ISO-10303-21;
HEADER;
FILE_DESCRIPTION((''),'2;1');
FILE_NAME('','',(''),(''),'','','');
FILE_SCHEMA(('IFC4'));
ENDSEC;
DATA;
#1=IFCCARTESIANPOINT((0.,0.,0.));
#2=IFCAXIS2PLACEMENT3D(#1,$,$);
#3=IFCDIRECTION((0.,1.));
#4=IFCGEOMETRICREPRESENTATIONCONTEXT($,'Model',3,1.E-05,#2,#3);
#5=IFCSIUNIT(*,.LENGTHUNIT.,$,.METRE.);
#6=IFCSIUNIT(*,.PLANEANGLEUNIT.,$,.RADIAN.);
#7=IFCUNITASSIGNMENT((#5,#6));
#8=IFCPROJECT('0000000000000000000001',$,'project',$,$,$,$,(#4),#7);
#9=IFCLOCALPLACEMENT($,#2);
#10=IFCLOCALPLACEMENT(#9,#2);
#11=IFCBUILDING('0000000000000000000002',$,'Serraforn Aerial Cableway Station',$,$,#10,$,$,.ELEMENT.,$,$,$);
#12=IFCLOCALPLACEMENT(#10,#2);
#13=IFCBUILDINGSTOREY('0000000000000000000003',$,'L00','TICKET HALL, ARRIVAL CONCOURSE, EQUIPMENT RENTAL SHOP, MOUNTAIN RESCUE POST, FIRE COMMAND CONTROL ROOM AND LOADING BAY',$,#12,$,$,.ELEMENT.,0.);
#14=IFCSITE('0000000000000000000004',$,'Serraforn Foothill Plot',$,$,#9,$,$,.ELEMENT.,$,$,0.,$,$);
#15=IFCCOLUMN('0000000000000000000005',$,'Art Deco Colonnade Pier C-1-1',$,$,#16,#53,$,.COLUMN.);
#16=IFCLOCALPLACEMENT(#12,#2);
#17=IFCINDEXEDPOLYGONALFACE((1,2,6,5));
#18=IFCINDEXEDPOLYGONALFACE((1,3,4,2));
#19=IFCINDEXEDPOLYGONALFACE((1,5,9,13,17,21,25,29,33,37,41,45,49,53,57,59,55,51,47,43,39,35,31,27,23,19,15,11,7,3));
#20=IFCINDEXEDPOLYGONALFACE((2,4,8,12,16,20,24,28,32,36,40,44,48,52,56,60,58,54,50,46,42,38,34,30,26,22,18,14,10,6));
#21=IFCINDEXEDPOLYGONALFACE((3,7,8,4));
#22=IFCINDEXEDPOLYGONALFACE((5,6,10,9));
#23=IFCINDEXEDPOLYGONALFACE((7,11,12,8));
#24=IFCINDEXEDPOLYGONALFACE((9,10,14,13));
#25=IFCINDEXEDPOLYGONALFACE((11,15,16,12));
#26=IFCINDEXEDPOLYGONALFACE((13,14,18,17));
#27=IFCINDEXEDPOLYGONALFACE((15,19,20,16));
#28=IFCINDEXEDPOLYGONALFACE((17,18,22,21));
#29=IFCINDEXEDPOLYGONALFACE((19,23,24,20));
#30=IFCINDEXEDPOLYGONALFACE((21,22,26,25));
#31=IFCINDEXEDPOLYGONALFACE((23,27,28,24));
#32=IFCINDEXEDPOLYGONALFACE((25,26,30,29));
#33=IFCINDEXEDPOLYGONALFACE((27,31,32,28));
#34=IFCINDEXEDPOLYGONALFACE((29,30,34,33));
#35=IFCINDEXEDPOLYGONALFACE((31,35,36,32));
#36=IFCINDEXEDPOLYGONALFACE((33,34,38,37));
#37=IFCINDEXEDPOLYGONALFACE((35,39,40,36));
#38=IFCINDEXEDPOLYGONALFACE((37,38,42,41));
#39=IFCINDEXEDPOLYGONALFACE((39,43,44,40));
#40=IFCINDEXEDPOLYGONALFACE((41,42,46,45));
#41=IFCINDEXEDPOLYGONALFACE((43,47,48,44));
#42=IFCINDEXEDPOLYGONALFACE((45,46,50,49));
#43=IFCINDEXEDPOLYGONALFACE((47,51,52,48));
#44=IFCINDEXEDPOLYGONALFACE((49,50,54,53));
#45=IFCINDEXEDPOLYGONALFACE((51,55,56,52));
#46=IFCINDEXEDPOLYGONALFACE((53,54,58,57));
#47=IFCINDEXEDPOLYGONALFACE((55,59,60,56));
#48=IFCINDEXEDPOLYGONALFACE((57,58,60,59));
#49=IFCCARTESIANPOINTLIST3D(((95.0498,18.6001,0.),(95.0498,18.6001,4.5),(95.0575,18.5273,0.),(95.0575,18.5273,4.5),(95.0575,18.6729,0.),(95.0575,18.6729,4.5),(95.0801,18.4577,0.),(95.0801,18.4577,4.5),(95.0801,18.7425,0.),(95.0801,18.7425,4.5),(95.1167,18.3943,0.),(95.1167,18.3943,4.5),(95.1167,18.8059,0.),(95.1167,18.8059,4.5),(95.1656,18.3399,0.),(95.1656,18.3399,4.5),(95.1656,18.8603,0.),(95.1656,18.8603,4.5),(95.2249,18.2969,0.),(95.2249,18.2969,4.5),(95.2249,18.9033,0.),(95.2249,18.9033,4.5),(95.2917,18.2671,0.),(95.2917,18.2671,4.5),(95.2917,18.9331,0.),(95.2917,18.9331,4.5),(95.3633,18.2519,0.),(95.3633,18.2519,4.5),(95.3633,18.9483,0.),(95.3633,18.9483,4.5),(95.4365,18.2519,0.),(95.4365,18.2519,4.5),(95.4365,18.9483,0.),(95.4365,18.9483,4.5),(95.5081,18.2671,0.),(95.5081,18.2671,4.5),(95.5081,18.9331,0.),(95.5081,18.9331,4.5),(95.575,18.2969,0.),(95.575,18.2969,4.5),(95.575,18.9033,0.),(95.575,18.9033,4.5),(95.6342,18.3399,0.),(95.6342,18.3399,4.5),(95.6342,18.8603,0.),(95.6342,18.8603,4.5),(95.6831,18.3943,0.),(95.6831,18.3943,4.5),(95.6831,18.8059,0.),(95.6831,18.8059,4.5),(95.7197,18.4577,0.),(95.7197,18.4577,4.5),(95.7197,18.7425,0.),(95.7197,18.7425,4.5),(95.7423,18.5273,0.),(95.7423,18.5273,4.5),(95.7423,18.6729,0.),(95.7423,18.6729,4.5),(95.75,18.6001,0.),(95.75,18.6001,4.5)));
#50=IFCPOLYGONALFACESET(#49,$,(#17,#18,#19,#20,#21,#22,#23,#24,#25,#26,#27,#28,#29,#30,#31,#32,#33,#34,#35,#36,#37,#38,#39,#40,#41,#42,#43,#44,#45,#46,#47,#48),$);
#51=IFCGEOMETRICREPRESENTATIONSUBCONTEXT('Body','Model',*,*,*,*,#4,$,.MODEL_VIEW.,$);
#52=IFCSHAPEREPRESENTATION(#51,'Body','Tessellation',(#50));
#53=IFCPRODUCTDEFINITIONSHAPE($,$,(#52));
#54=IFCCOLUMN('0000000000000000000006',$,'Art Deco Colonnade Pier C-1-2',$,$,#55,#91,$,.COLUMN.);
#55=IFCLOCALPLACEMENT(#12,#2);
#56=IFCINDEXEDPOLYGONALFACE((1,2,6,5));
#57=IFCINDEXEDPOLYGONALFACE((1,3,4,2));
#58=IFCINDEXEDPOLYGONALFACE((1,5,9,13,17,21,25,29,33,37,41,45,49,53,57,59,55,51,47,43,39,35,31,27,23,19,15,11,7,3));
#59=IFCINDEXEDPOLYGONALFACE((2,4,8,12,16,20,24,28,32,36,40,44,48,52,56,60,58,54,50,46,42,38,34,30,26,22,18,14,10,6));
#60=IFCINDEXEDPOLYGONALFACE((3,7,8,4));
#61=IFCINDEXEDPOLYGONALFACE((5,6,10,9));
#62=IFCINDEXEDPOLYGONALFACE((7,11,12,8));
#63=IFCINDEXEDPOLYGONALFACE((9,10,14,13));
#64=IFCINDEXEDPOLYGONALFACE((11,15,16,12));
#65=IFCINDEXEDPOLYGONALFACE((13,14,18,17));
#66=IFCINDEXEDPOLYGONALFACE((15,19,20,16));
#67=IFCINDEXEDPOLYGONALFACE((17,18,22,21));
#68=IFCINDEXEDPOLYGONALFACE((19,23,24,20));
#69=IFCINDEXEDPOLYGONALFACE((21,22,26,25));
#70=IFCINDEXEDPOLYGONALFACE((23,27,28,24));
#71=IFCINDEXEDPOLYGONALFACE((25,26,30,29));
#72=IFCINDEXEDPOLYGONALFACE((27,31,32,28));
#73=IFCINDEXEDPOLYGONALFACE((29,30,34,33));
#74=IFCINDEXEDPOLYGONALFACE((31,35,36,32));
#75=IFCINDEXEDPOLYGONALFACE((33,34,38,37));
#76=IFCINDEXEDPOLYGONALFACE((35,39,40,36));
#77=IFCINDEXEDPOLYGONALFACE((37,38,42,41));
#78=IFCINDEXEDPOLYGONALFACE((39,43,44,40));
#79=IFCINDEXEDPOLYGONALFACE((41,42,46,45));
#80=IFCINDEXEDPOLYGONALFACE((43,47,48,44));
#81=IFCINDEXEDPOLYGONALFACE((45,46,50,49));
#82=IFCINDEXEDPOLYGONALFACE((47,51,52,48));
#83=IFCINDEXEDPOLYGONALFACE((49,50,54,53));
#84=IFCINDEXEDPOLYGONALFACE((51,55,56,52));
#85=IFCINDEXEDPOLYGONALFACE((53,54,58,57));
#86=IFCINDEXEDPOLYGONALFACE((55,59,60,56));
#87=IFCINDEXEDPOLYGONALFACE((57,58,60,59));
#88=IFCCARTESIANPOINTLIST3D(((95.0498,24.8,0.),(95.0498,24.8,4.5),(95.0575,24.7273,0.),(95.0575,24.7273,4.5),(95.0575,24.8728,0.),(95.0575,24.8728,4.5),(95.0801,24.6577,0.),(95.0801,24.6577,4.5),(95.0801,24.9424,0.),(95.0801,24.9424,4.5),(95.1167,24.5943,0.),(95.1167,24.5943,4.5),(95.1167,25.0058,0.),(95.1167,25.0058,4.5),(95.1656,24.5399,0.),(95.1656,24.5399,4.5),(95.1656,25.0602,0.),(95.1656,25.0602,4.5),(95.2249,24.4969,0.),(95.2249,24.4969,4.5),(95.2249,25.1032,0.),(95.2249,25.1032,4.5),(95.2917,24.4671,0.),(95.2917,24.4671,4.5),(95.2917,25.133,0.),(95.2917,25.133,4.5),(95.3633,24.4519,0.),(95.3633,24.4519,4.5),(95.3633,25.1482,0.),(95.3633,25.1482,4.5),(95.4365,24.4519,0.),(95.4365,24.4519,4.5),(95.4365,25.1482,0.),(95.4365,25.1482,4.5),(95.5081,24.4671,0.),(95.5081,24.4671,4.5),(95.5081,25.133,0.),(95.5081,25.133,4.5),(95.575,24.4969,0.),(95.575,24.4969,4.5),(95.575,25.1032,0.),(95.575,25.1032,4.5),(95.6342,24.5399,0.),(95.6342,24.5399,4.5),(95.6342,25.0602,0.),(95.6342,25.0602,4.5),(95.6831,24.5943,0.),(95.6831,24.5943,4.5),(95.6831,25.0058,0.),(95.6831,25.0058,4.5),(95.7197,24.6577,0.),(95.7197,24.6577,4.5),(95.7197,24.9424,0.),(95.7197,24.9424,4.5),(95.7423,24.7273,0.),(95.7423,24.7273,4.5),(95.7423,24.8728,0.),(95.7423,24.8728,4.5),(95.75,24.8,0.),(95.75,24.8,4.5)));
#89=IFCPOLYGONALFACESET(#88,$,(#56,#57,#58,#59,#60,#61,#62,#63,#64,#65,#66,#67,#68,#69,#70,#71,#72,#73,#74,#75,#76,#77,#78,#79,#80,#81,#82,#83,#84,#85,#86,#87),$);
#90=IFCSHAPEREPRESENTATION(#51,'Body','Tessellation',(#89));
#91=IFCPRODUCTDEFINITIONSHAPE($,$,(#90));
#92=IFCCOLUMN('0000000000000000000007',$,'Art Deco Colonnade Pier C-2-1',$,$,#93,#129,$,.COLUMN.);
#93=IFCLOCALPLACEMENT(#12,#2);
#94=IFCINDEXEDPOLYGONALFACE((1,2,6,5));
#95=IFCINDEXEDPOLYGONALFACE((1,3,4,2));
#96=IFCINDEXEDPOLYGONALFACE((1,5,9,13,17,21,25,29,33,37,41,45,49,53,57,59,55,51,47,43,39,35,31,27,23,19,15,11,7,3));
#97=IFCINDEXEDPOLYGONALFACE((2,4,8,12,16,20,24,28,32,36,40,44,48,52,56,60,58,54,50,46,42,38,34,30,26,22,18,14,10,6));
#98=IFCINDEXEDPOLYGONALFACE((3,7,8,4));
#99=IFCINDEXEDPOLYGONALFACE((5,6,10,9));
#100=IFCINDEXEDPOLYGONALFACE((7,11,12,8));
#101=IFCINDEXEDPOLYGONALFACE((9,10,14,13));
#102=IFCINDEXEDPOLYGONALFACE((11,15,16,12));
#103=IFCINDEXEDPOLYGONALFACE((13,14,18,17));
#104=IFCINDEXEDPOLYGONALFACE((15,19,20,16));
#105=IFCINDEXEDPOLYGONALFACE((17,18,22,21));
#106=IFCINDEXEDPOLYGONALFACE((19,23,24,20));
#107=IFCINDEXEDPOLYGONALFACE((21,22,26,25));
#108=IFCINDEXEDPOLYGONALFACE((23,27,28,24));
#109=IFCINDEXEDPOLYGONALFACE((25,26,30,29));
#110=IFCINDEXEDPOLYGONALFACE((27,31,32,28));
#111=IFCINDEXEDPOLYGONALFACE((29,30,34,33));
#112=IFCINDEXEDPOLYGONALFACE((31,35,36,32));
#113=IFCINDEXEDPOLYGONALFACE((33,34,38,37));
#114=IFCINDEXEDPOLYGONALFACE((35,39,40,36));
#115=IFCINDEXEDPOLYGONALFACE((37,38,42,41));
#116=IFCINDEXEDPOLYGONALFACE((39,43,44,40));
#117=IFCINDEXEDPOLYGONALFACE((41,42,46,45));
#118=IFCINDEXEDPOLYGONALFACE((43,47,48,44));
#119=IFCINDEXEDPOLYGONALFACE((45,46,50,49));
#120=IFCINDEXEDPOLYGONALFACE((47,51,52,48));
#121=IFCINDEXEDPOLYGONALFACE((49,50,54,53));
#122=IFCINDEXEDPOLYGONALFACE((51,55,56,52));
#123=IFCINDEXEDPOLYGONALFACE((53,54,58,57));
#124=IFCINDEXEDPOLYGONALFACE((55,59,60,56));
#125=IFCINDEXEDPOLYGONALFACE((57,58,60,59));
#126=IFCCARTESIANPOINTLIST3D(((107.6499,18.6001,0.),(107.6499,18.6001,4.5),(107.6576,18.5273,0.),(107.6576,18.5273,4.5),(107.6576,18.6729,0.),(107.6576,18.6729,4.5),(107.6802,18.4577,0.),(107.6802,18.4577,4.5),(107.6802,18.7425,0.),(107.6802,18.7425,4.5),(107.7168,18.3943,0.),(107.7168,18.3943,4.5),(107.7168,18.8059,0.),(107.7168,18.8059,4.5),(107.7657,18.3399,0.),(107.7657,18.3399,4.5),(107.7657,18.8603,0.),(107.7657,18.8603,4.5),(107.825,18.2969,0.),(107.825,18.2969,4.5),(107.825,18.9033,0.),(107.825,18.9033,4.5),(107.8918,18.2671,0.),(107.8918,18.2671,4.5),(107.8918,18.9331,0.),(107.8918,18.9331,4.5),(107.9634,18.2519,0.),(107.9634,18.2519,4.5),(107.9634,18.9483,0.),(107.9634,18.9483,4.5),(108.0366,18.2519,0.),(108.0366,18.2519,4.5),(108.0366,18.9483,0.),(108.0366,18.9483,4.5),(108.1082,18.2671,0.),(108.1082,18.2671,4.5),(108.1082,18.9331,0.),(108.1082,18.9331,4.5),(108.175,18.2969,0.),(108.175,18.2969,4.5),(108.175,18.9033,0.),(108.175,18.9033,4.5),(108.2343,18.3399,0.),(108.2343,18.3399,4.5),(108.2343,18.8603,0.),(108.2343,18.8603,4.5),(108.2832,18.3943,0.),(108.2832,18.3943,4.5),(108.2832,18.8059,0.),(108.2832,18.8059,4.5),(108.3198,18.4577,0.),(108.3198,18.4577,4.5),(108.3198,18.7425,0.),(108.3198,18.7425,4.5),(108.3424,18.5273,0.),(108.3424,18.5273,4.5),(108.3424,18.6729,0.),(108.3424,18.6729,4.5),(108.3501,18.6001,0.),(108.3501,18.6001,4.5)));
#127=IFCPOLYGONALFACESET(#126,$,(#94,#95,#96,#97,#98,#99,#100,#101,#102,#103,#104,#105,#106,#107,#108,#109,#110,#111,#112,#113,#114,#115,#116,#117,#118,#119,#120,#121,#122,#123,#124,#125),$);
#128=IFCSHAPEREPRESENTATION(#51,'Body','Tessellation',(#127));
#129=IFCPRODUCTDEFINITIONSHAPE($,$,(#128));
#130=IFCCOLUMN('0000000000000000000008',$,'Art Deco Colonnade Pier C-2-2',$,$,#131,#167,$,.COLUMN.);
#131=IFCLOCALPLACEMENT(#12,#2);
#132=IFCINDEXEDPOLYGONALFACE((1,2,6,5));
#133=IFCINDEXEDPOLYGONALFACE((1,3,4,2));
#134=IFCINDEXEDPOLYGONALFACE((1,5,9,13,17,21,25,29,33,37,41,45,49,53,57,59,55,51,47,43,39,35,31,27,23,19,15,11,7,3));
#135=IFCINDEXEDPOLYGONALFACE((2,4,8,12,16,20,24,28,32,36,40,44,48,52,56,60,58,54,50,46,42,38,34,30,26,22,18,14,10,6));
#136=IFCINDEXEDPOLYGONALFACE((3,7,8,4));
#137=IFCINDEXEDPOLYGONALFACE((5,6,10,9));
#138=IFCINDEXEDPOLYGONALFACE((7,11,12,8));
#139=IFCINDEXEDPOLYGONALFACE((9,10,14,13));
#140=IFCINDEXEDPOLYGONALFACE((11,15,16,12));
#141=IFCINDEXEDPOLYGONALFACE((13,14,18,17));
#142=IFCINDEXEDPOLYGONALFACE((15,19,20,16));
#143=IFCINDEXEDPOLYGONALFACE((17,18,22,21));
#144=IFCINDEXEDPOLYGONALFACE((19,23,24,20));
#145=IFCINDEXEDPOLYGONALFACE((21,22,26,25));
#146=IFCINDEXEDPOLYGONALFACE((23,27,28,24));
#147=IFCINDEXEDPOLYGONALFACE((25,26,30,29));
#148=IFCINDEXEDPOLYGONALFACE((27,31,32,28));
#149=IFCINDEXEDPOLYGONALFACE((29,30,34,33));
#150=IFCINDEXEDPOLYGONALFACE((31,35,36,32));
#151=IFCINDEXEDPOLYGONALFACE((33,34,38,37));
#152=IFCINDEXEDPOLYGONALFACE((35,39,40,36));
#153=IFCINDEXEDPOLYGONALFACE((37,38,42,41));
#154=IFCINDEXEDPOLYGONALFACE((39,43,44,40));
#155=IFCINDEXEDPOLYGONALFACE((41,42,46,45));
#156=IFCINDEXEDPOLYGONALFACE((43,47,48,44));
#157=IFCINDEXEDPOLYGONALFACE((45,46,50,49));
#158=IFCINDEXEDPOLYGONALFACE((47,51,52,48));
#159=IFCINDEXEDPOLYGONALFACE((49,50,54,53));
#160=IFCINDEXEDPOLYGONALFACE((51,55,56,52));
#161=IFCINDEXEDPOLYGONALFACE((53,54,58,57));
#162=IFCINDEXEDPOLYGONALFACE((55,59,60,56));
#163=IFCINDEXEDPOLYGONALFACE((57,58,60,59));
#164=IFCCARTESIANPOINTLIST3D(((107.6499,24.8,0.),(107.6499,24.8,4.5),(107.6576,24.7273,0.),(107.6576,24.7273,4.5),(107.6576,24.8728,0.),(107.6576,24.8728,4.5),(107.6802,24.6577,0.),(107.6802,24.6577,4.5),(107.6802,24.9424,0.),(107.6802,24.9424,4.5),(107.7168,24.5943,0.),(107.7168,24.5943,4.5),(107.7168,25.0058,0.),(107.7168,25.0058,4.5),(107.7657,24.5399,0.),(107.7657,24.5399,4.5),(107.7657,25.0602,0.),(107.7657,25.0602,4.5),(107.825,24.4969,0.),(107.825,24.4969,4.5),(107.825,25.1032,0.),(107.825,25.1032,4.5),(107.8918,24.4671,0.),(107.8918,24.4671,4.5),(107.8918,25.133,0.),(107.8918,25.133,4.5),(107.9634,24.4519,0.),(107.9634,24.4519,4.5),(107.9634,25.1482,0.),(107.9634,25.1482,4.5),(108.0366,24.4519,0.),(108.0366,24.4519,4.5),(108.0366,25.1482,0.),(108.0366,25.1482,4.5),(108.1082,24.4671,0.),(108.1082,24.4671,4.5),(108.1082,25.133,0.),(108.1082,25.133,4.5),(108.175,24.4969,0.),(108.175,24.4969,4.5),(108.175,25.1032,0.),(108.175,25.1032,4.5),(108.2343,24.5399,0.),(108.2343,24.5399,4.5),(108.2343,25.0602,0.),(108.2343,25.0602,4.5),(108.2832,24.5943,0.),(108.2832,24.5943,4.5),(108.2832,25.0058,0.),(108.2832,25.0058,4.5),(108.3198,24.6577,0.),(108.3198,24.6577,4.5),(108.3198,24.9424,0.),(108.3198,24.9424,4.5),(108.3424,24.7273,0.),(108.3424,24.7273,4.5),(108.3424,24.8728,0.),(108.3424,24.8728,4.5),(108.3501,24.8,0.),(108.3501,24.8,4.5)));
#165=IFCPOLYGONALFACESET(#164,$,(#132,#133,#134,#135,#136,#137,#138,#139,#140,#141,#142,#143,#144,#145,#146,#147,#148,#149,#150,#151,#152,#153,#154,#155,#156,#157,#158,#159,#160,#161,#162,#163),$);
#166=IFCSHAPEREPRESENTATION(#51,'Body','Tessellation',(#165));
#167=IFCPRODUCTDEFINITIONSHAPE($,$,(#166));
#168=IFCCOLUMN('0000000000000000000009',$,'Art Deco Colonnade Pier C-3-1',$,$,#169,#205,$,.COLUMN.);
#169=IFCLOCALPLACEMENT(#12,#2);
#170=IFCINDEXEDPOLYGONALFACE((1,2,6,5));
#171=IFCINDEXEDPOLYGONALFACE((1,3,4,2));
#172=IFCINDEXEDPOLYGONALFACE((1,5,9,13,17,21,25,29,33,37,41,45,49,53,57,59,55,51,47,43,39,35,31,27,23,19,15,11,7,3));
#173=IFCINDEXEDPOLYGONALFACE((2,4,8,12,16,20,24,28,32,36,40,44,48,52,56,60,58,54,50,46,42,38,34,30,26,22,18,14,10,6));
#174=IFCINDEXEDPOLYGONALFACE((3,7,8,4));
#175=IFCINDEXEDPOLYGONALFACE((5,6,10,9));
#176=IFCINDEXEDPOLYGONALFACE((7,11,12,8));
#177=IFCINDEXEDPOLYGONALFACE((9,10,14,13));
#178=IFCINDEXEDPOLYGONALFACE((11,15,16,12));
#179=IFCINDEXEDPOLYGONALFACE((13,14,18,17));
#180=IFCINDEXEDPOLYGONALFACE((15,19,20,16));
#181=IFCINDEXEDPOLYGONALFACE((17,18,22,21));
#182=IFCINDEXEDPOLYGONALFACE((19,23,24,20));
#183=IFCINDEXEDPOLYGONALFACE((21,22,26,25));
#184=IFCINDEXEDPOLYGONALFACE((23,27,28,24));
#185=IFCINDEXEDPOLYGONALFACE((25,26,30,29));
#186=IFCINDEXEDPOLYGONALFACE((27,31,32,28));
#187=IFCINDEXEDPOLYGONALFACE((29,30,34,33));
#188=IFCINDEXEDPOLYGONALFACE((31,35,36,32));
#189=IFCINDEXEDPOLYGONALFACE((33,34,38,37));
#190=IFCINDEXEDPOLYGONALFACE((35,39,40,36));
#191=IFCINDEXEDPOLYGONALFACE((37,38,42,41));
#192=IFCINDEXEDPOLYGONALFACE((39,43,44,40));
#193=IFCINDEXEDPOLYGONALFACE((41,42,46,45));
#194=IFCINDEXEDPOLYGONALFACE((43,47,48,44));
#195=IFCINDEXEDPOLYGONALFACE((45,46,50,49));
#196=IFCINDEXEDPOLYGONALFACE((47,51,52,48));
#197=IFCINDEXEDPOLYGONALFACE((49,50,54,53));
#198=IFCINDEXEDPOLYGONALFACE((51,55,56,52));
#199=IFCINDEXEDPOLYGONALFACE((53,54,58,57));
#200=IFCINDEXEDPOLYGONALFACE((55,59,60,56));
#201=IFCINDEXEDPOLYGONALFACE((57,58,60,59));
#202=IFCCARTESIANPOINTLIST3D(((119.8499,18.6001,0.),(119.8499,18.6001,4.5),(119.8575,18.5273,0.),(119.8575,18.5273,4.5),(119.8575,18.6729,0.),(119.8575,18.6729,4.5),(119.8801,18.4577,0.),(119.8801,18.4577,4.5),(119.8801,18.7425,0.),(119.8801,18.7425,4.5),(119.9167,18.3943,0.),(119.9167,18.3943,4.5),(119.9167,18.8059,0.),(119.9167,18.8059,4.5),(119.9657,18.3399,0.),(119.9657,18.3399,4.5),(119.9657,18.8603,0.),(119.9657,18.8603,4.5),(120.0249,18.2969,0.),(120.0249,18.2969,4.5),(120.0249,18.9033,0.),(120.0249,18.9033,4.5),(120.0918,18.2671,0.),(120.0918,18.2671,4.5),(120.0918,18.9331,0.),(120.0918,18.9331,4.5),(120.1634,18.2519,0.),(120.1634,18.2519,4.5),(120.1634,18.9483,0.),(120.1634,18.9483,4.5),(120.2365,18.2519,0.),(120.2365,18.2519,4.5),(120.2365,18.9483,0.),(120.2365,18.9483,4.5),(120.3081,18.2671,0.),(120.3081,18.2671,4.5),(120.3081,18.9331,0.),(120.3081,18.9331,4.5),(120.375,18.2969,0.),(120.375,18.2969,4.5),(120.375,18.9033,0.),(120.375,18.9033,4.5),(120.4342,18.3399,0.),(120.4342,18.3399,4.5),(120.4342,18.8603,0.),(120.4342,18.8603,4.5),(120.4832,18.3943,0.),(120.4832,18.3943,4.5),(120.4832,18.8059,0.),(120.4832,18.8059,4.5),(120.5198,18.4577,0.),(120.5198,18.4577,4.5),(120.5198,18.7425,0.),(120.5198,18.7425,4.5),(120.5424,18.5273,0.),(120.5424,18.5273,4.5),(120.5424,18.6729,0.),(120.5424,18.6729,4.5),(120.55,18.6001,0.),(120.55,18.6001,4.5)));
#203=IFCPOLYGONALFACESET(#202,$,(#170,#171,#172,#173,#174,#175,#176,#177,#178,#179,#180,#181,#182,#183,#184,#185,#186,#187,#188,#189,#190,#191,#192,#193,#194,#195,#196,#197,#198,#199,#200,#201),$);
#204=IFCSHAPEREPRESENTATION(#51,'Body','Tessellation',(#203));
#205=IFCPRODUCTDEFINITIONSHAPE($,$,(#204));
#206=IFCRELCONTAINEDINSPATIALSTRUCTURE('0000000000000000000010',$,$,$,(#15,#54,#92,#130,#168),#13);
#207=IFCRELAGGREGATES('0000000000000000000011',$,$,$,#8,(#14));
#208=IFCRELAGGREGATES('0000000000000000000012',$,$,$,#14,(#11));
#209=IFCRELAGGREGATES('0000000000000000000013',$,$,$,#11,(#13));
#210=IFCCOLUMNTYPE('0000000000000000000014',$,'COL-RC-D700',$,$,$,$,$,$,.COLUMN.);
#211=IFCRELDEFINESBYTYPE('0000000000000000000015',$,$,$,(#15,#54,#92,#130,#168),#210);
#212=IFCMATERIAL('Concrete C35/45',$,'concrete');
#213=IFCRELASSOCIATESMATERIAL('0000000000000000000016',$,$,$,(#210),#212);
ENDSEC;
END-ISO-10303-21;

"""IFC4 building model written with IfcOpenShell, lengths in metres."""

from ifc_helpers import new_model, si_unit, direction, frame, origin, origin_2d, place, context, subcontext, project, spatial, circle, extrude, material, material_profile, profile_set, type_object, element, save


model = new_model("IFC4")

# Units and contexts
model_context = context("Model", 3, precision=1e-05, world=origin(), true_north=direction((0.0, 1.0)))
body_context = subcontext(model_context, "Body", "Model", "MODEL_VIEW")
ifc_project = project(units=[si_unit("LENGTHUNIT", "METRE"), si_unit("PLANEANGLEUNIT", "RADIAN")], contexts=[model_context])

# Site, building, storey
site_placement = place(None, origin())
site = spatial("IfcSite", under=ifc_project, at=site_placement, Name="Serraforn Foothill Plot", CompositionType="ELEMENT", RefElevation=0.0)
building_placement = place(site_placement, origin())
building = spatial("IfcBuilding", under=site, at=building_placement, Name="Serraforn Aerial Cableway Station", CompositionType="ELEMENT")
storey_placement = place(building_placement, origin())
storey = spatial("IfcBuildingStorey", under=building, at=storey_placement, Name="L00", Description="TICKET HALL, ARRIVAL CONCOURSE, EQUIPMENT RENTAL SHOP, MOUNTAIN RESCUE POST, FIRE COMMAND CONTROL ROOM AND LOADING BAY", CompositionType="ELEMENT", Elevation=0.0)

# Shared definitions
ifc_material_1 = material(Name="Concrete C35/45", Category="concrete")

# Columns
ifc_material_profile = material_profile(ifc_material_1, circle(Radius=0.3501, at=origin_2d()), Name="RC D700")
ifc_profile_set = profile_set([ifc_material_profile], Name="Concrete C35/45")
column_type = type_object("IfcColumnType", Name="COL-RC-D700", PredefinedType="COLUMN", material=ifc_profile_set)
for number, where, z_axis, x_axis, name in (
    (1, (95.3999, 18.6001, 0.0), (0.0, 0.0, 1.0), (1.0, 0.0, 0.0), "Art Deco Colonnade Pier C-1-1"),
    (2, (95.3999, 24.8, 0.0), (0.0, 0.0, 1.0), (1.0, 0.0, 0.0), "Art Deco Colonnade Pier C-1-2"),
    (3, (108.0, 18.6001, 0.0), (0.0, 0.0, 1.0), (1.0, 0.0, 0.0), "Art Deco Colonnade Pier C-2-1"),
    (4, (108.0, 24.8, 0.0), (0.0, 0.0, 1.0), (1.0, 0.0, 0.0), "Art Deco Colonnade Pier C-2-2"),
    (5, (120.2, 18.6001, 0.0), (0.0, 0.0, 1.0), (1.0, 0.0, 0.0), "Art Deco Colonnade Pier C-3-1"),
):
    element("IfcColumn", number, at=place(storey_placement, frame(where, z_axis=z_axis, x_axis=x_axis)), inside=storey, type_object=column_type, Name=name, PredefinedType="COLUMN", context=body_context, shape_type="SweptSolid", body=[
        extrude(circle(Radius=0.3501, at=origin_2d()), origin(), (0.0, 0.0, 1.0), 4.5),
    ])

save(model, "model.ifc")
